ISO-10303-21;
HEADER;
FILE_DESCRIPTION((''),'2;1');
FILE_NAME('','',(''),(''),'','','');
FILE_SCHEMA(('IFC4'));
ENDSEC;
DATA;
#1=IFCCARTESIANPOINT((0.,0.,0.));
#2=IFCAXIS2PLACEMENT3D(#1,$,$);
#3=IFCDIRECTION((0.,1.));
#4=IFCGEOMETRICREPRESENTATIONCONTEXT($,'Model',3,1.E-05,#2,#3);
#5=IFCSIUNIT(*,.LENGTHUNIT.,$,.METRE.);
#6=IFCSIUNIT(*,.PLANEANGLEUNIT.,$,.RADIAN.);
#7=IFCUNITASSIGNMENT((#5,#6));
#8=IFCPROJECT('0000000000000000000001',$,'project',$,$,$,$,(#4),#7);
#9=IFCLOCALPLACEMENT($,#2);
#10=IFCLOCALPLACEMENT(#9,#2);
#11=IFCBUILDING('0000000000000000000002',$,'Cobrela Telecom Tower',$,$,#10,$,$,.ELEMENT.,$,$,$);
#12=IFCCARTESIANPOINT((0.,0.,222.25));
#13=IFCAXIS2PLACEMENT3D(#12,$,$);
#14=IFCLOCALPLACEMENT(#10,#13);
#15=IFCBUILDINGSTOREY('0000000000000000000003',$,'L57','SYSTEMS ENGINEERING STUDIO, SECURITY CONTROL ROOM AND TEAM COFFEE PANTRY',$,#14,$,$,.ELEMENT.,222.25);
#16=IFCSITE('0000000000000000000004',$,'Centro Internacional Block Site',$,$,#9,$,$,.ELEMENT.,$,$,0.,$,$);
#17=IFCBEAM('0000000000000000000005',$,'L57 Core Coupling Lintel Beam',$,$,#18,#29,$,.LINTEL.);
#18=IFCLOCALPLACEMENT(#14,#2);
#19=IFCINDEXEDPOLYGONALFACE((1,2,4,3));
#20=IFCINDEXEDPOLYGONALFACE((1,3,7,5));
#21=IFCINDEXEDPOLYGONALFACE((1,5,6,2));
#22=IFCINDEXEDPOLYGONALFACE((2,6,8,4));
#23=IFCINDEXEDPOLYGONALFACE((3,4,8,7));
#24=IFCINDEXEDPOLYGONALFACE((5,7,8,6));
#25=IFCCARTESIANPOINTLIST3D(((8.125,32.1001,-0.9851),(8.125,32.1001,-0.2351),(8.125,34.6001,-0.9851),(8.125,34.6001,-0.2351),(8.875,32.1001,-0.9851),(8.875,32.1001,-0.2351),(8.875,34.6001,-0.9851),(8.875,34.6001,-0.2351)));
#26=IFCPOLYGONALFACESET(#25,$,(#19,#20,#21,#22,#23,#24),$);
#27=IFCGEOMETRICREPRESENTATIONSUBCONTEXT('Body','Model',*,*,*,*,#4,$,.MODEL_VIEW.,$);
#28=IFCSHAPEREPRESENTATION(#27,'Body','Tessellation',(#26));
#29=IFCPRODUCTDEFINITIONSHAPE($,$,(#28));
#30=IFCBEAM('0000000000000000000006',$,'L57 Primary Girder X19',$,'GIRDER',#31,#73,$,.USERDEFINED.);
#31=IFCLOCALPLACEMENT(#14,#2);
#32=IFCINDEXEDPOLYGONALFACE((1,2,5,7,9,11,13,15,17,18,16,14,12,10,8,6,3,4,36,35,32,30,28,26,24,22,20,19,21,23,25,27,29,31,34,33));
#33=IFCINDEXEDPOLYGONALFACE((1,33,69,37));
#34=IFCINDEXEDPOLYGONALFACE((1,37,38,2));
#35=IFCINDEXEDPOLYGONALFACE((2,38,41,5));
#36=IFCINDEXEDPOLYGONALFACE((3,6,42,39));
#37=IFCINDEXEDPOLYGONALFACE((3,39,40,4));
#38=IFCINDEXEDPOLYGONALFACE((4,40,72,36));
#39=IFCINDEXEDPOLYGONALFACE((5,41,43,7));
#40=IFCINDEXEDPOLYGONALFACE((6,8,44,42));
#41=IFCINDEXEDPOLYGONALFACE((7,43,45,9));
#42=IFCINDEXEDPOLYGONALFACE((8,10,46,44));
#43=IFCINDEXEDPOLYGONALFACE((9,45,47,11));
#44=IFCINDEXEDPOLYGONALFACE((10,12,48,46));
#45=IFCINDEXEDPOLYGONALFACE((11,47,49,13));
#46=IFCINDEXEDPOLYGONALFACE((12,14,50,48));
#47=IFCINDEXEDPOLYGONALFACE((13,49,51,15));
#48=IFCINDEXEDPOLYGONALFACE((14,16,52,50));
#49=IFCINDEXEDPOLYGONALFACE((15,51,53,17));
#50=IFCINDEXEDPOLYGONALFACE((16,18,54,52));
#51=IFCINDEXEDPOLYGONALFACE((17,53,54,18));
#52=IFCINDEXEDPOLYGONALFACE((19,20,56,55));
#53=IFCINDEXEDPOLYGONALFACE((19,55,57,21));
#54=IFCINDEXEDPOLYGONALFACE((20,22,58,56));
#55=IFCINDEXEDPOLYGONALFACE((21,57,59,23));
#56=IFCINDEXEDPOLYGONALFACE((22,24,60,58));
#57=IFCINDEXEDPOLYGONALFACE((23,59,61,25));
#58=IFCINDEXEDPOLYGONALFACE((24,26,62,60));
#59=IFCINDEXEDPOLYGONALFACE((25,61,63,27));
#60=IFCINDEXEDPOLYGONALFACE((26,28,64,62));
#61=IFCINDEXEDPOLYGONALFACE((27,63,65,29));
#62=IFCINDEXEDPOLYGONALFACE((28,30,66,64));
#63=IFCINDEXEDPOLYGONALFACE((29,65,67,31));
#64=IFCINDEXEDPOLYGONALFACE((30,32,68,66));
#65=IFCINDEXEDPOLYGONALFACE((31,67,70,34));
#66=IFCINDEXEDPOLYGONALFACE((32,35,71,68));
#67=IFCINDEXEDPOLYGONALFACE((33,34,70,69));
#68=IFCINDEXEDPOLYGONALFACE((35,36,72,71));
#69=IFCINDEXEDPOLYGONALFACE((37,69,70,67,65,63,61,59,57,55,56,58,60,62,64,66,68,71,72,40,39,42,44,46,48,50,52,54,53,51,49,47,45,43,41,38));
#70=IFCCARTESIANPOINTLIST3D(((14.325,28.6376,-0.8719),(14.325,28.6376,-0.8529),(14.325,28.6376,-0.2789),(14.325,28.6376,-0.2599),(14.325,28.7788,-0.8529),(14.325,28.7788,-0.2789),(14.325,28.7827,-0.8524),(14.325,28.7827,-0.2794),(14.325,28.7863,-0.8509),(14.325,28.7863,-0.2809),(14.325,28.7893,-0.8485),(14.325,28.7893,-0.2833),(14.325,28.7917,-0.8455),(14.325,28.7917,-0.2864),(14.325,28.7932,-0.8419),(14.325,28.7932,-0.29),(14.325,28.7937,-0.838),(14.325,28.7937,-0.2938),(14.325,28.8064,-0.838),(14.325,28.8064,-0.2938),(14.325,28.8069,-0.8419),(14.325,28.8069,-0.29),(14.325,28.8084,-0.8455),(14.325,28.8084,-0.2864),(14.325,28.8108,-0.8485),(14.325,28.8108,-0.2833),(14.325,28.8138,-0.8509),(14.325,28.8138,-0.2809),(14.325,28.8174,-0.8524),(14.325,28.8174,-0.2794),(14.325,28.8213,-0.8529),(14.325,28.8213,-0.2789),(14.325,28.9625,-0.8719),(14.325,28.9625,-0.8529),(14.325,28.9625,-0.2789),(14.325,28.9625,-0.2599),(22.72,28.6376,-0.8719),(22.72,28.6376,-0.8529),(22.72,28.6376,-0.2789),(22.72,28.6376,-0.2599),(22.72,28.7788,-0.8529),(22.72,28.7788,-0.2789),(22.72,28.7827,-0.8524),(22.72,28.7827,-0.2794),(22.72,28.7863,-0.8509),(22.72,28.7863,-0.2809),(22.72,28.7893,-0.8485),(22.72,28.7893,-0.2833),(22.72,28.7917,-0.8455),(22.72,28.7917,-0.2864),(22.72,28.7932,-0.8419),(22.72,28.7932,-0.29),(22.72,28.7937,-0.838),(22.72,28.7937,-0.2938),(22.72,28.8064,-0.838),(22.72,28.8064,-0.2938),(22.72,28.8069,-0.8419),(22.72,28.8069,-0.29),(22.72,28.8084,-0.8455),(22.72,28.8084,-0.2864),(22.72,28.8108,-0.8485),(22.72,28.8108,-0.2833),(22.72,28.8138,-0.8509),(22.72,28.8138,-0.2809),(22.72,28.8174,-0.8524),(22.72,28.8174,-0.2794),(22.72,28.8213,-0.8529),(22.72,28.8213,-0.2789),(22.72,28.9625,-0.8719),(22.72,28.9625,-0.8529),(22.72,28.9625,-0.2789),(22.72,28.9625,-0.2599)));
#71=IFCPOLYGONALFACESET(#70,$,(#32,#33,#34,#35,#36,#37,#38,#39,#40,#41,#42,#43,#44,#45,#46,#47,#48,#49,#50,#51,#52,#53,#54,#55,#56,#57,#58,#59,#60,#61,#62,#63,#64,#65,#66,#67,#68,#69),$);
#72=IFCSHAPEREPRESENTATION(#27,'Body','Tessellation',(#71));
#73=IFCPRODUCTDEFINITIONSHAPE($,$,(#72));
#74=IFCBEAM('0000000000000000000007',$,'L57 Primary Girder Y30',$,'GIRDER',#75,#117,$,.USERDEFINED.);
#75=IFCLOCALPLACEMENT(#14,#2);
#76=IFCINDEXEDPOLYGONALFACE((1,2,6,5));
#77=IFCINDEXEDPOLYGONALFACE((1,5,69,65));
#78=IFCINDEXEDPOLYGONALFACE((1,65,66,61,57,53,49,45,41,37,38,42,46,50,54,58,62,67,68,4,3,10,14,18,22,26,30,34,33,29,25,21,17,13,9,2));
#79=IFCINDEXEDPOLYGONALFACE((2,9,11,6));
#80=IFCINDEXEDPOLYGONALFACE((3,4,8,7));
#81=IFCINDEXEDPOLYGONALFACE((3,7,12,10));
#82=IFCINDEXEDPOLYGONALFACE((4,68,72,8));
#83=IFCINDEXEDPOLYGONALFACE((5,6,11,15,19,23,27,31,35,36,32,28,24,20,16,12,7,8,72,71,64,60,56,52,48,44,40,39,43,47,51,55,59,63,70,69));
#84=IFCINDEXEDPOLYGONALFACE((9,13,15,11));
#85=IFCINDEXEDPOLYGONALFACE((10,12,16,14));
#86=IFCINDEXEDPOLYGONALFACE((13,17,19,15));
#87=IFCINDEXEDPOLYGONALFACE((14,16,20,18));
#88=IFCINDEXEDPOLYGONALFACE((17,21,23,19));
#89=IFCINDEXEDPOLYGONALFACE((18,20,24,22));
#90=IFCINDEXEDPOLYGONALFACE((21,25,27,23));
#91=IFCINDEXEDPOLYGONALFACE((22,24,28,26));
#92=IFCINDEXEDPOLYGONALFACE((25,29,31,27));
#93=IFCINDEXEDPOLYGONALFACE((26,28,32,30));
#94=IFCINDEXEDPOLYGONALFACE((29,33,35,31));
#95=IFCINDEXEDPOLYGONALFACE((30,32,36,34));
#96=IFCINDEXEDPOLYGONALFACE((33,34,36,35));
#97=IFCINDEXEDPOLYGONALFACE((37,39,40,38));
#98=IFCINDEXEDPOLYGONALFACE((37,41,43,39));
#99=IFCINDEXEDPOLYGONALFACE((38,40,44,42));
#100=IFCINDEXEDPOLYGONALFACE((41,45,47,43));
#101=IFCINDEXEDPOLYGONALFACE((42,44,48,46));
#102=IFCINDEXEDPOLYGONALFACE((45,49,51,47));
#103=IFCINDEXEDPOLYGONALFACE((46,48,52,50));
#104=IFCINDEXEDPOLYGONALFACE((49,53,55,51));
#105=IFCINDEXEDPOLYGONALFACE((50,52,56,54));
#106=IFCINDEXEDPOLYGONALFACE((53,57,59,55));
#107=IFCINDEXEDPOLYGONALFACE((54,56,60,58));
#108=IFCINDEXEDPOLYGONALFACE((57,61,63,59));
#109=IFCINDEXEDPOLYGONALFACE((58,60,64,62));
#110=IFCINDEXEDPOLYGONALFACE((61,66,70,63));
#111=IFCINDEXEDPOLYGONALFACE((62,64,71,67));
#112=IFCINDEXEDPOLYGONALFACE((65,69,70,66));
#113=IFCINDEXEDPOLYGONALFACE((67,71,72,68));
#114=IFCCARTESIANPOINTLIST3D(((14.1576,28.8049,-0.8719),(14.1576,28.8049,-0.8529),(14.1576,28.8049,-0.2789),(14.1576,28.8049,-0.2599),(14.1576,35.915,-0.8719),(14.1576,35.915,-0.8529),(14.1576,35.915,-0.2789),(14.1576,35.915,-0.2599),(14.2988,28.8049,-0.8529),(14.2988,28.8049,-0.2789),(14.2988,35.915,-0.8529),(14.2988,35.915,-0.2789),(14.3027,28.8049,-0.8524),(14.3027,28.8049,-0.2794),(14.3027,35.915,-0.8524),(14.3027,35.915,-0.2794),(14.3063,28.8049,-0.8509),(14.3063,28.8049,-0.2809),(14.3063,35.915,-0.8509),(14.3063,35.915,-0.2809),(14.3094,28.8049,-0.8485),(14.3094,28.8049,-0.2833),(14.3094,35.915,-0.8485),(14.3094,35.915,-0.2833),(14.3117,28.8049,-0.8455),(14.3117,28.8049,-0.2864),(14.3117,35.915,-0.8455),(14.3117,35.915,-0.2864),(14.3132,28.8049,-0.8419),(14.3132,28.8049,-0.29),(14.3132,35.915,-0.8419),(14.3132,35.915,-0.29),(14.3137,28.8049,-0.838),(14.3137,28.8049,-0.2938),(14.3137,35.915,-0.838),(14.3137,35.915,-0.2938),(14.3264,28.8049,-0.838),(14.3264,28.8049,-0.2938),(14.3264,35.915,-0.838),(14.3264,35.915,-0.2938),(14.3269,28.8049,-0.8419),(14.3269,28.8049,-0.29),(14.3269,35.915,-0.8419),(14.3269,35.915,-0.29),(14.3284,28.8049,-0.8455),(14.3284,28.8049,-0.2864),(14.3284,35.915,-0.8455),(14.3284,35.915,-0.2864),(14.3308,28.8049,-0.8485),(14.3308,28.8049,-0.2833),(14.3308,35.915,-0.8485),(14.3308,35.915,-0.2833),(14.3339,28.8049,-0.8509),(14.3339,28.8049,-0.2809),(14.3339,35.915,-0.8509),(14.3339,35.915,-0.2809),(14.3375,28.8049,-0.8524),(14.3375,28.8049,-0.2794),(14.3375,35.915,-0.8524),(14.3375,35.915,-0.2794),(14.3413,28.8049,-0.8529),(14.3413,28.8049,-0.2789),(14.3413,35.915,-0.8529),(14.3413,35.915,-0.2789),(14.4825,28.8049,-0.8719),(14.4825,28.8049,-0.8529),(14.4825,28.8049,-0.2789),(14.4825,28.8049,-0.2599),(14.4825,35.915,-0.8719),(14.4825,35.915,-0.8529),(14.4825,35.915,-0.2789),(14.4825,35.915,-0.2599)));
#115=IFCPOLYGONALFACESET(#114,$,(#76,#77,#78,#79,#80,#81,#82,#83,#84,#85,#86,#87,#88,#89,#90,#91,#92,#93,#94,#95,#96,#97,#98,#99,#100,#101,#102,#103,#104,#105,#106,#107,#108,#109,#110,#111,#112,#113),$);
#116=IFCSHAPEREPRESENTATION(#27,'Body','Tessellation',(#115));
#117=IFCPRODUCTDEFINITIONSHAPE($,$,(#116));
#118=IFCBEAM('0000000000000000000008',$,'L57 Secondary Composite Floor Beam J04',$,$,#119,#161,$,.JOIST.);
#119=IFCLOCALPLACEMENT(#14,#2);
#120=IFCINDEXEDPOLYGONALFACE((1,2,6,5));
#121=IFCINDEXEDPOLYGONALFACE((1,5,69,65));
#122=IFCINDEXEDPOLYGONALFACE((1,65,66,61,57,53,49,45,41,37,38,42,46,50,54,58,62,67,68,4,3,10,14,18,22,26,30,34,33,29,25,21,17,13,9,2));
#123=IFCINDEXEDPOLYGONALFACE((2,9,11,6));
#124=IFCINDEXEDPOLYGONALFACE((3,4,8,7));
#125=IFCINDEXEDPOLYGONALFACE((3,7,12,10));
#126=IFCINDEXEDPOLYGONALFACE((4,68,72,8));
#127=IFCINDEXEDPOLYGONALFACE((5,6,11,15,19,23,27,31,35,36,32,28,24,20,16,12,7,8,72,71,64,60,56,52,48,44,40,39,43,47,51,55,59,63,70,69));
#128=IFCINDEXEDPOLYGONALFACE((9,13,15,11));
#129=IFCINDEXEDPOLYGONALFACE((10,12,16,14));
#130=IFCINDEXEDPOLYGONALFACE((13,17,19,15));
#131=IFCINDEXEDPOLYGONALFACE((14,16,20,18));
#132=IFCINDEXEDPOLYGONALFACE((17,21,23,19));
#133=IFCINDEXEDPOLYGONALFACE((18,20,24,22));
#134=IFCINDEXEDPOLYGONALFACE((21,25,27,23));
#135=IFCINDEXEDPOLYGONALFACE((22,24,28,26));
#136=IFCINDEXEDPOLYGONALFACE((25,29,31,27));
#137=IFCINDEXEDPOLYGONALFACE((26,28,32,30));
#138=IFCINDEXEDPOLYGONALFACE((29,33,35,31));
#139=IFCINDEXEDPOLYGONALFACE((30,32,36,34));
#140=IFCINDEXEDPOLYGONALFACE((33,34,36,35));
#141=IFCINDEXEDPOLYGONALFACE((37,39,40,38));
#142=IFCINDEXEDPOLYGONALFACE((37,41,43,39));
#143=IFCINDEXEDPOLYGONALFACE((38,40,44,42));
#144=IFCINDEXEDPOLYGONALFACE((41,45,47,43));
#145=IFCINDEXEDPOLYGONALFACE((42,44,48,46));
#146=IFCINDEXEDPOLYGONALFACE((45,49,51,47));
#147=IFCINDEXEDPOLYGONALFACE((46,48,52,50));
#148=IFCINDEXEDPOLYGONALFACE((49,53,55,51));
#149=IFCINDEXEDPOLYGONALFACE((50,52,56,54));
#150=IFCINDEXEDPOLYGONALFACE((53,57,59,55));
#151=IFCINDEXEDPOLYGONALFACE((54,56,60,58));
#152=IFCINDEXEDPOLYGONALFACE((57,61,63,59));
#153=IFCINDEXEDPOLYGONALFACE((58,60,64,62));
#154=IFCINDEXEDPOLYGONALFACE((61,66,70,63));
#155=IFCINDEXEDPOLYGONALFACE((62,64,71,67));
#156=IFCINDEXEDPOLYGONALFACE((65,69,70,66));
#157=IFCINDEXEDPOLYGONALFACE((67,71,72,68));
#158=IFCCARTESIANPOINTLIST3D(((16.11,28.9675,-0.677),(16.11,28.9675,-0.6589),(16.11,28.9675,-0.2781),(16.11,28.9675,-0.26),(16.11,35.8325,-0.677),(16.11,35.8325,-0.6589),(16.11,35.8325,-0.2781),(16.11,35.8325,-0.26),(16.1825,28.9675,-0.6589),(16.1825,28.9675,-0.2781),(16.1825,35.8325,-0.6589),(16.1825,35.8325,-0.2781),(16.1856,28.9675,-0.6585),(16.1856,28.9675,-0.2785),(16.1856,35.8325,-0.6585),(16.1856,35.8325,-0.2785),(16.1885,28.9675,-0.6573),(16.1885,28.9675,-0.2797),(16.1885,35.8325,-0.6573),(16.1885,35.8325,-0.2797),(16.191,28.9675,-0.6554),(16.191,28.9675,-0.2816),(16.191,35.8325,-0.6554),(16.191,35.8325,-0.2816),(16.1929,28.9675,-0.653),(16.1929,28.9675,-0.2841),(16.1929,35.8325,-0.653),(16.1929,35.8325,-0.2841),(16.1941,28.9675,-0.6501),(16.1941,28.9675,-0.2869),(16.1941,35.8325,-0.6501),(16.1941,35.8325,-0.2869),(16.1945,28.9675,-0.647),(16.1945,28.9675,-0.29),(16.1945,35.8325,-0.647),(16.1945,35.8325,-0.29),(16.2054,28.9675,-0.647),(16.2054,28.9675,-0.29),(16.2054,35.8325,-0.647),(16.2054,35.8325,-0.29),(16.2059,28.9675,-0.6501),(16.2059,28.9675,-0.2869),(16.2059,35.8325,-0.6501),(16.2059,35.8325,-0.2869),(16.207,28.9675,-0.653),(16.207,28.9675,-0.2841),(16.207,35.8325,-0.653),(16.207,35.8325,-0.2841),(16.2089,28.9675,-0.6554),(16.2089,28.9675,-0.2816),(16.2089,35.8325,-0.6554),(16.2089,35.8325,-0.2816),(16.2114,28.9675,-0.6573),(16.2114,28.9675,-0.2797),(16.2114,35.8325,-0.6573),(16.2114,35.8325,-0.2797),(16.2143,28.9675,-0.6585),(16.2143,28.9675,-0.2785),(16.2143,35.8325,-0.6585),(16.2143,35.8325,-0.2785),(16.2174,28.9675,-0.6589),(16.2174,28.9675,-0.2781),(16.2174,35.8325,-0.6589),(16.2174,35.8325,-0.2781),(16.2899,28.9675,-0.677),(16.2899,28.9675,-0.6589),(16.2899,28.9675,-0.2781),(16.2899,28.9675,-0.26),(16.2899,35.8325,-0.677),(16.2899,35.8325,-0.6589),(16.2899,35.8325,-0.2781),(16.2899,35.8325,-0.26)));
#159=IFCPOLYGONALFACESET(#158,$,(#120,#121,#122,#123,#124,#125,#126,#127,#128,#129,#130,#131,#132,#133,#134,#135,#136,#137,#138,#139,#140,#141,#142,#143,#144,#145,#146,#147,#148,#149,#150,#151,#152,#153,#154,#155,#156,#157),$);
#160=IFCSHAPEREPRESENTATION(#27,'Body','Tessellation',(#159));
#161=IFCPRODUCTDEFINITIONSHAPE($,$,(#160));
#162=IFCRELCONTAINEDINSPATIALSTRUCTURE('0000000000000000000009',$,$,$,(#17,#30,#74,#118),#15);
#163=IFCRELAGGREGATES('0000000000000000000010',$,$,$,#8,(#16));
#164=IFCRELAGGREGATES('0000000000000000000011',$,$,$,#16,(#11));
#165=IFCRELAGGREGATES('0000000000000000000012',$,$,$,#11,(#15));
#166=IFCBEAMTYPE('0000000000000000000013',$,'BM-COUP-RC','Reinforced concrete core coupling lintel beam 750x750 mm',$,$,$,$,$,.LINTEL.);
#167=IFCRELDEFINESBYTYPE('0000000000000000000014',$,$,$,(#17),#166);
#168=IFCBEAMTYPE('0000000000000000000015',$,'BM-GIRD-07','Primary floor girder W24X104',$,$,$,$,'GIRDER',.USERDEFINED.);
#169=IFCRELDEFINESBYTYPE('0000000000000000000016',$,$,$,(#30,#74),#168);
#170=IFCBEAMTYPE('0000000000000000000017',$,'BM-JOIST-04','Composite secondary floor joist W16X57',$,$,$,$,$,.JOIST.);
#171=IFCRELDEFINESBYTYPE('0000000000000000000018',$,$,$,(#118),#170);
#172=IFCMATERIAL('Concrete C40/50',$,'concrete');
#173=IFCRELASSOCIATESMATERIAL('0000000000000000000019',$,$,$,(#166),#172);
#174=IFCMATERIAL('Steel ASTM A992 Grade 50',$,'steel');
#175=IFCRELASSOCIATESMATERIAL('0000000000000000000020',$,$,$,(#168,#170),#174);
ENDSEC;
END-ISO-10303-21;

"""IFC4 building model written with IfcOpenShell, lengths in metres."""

from ifc_helpers import new_model, si_unit, direction, frame, origin, origin_2d, place, context, subcontext, project, spatial, rectangle, i_section, extrude, material, material_profile, profile_set, type_object, element, save


model = new_model("IFC4")

# Units and contexts
model_context = context("Model", 3, precision=1e-05, world=origin(), true_north=direction((0.0, 1.0)))
body_context = subcontext(model_context, "Body", "Model", "MODEL_VIEW")
ifc_project = project(units=[si_unit("LENGTHUNIT", "METRE"), si_unit("PLANEANGLEUNIT", "RADIAN")], contexts=[model_context])

# Site, building, storey
site_placement = place(None, origin())
site = spatial("IfcSite", under=ifc_project, at=site_placement, Name="Centro Internacional Block Site", CompositionType="ELEMENT", RefElevation=0.0)
building_placement = place(site_placement, origin())
building = spatial("IfcBuilding", under=site, at=building_placement, Name="Cobrela Telecom Tower", CompositionType="ELEMENT")
storey_placement = place(building_placement, frame((0.0, 0.0, 222.25)))
storey = spatial("IfcBuildingStorey", under=building, at=storey_placement, Name="L57", Description="SYSTEMS ENGINEERING STUDIO, SECURITY CONTROL ROOM AND TEAM COFFEE PANTRY", CompositionType="ELEMENT", Elevation=222.25)

# Beams
ifc_material_1 = material(Name="Concrete C40/50", Category="concrete")
ifc_material_profile_1 = material_profile(ifc_material_1, rectangle(XDim=0.75, YDim=0.75, at=origin_2d()), Name="RC 750x750")
ifc_profile_set_1 = profile_set([ifc_material_profile_1], Name="Concrete C40/50")
beam_type_1 = type_object("IfcBeamType", Name="BM-COUP-RC", Description="Reinforced concrete core coupling lintel beam 750x750 mm", PredefinedType="LINTEL", material=ifc_profile_set_1)
beam_1_placement = place(storey_placement, frame((8.5, 32.1001, -0.6101), z_axis=(0.0, 1.0, 0.0), x_axis=(-1.0, 0.0, 0.0)))
element("IfcBeam", 1, at=beam_1_placement, inside=storey, type_object=beam_type_1, Name="L57 Core Coupling Lintel Beam", PredefinedType="LINTEL", context=body_context, shape_type="SweptSolid", body=[
    extrude(rectangle(XDim=0.75, YDim=0.75, at=origin_2d()), origin(), (0.0, 0.0, 1.0), 2.5),
])
ifc_material_2 = material(Name="Steel ASTM A992 Grade 50", Category="steel")
ifc_material_profile_2 = material_profile(ifc_material_2, i_section(OverallWidth=0.325, OverallDepth=0.6121, WebThickness=0.0127, FlangeThickness=0.019, FilletRadius=0.0149, at=origin_2d()), Name="W24X104")
ifc_profile_set_2 = profile_set([ifc_material_profile_2], Name="Steel ASTM A992 Grade 50")
beam_type_2 = type_object("IfcBeamType", Name="BM-GIRD-07", Description="Primary floor girder W24X104", ElementType="GIRDER", PredefinedType="USERDEFINED", material=ifc_profile_set_2)
beam_2_placement = place(storey_placement, frame((14.325, 28.8, -0.5659), z_axis=(1.0, 0.0, 0.0), x_axis=(0.0, 1.0, 0.0)))
element("IfcBeam", 2, at=beam_2_placement, inside=storey, type_object=beam_type_2, Name="L57 Primary Girder X19", ObjectType="GIRDER", PredefinedType="USERDEFINED", context=body_context, shape_type="SweptSolid", body=[
    extrude(i_section(OverallWidth=0.325, OverallDepth=0.6121, WebThickness=0.0127, FlangeThickness=0.019, FilletRadius=0.0149, at=origin_2d()), origin(), (0.0, 0.0, 1.0), 8.395),
])
beam_3_placement = place(storey_placement, frame((14.3201, 28.8049, -0.5659), z_axis=(0.0, 1.0, 0.0), x_axis=(-1.0, 0.0, 0.0)))
element("IfcBeam", 3, at=beam_3_placement, inside=storey, type_object=beam_type_2, Name="L57 Primary Girder Y30", ObjectType="GIRDER", PredefinedType="USERDEFINED", context=body_context, shape_type="SweptSolid", body=[
    extrude(i_section(OverallWidth=0.325, OverallDepth=0.6121, WebThickness=0.0127, FlangeThickness=0.019, FilletRadius=0.0149, at=origin_2d()), origin(), (0.0, 0.0, 1.0), 7.1101),
])
ifc_material_profile_3 = material_profile(ifc_material_2, i_section(OverallWidth=0.1799, OverallDepth=0.417, WebThickness=0.011, FlangeThickness=0.0181, FilletRadius=0.012, at=origin_2d()), Name="W16X57")
ifc_profile_set_3 = profile_set([ifc_material_profile_3], Name="Steel ASTM A992 Grade 50")
beam_type_3 = type_object("IfcBeamType", Name="BM-JOIST-04", Description="Composite secondary floor joist W16X57", PredefinedType="JOIST", material=ifc_profile_set_3)
beam_4_placement = place(storey_placement, frame((16.2, 28.9675, -0.4685), z_axis=(0.0, 1.0, 0.0), x_axis=(-1.0, 0.0, 0.0)))
element("IfcBeam", 4, at=beam_4_placement, inside=storey, type_object=beam_type_3, Name="L57 Secondary Composite Floor Beam J04", PredefinedType="JOIST", context=body_context, shape_type="SweptSolid", body=[
    extrude(i_section(OverallWidth=0.1799, OverallDepth=0.417, WebThickness=0.011, FlangeThickness=0.0181, FilletRadius=0.012, at=origin_2d()), origin(), (0.0, 0.0, 1.0), 6.865),
])

save(model, "model.ifc")
